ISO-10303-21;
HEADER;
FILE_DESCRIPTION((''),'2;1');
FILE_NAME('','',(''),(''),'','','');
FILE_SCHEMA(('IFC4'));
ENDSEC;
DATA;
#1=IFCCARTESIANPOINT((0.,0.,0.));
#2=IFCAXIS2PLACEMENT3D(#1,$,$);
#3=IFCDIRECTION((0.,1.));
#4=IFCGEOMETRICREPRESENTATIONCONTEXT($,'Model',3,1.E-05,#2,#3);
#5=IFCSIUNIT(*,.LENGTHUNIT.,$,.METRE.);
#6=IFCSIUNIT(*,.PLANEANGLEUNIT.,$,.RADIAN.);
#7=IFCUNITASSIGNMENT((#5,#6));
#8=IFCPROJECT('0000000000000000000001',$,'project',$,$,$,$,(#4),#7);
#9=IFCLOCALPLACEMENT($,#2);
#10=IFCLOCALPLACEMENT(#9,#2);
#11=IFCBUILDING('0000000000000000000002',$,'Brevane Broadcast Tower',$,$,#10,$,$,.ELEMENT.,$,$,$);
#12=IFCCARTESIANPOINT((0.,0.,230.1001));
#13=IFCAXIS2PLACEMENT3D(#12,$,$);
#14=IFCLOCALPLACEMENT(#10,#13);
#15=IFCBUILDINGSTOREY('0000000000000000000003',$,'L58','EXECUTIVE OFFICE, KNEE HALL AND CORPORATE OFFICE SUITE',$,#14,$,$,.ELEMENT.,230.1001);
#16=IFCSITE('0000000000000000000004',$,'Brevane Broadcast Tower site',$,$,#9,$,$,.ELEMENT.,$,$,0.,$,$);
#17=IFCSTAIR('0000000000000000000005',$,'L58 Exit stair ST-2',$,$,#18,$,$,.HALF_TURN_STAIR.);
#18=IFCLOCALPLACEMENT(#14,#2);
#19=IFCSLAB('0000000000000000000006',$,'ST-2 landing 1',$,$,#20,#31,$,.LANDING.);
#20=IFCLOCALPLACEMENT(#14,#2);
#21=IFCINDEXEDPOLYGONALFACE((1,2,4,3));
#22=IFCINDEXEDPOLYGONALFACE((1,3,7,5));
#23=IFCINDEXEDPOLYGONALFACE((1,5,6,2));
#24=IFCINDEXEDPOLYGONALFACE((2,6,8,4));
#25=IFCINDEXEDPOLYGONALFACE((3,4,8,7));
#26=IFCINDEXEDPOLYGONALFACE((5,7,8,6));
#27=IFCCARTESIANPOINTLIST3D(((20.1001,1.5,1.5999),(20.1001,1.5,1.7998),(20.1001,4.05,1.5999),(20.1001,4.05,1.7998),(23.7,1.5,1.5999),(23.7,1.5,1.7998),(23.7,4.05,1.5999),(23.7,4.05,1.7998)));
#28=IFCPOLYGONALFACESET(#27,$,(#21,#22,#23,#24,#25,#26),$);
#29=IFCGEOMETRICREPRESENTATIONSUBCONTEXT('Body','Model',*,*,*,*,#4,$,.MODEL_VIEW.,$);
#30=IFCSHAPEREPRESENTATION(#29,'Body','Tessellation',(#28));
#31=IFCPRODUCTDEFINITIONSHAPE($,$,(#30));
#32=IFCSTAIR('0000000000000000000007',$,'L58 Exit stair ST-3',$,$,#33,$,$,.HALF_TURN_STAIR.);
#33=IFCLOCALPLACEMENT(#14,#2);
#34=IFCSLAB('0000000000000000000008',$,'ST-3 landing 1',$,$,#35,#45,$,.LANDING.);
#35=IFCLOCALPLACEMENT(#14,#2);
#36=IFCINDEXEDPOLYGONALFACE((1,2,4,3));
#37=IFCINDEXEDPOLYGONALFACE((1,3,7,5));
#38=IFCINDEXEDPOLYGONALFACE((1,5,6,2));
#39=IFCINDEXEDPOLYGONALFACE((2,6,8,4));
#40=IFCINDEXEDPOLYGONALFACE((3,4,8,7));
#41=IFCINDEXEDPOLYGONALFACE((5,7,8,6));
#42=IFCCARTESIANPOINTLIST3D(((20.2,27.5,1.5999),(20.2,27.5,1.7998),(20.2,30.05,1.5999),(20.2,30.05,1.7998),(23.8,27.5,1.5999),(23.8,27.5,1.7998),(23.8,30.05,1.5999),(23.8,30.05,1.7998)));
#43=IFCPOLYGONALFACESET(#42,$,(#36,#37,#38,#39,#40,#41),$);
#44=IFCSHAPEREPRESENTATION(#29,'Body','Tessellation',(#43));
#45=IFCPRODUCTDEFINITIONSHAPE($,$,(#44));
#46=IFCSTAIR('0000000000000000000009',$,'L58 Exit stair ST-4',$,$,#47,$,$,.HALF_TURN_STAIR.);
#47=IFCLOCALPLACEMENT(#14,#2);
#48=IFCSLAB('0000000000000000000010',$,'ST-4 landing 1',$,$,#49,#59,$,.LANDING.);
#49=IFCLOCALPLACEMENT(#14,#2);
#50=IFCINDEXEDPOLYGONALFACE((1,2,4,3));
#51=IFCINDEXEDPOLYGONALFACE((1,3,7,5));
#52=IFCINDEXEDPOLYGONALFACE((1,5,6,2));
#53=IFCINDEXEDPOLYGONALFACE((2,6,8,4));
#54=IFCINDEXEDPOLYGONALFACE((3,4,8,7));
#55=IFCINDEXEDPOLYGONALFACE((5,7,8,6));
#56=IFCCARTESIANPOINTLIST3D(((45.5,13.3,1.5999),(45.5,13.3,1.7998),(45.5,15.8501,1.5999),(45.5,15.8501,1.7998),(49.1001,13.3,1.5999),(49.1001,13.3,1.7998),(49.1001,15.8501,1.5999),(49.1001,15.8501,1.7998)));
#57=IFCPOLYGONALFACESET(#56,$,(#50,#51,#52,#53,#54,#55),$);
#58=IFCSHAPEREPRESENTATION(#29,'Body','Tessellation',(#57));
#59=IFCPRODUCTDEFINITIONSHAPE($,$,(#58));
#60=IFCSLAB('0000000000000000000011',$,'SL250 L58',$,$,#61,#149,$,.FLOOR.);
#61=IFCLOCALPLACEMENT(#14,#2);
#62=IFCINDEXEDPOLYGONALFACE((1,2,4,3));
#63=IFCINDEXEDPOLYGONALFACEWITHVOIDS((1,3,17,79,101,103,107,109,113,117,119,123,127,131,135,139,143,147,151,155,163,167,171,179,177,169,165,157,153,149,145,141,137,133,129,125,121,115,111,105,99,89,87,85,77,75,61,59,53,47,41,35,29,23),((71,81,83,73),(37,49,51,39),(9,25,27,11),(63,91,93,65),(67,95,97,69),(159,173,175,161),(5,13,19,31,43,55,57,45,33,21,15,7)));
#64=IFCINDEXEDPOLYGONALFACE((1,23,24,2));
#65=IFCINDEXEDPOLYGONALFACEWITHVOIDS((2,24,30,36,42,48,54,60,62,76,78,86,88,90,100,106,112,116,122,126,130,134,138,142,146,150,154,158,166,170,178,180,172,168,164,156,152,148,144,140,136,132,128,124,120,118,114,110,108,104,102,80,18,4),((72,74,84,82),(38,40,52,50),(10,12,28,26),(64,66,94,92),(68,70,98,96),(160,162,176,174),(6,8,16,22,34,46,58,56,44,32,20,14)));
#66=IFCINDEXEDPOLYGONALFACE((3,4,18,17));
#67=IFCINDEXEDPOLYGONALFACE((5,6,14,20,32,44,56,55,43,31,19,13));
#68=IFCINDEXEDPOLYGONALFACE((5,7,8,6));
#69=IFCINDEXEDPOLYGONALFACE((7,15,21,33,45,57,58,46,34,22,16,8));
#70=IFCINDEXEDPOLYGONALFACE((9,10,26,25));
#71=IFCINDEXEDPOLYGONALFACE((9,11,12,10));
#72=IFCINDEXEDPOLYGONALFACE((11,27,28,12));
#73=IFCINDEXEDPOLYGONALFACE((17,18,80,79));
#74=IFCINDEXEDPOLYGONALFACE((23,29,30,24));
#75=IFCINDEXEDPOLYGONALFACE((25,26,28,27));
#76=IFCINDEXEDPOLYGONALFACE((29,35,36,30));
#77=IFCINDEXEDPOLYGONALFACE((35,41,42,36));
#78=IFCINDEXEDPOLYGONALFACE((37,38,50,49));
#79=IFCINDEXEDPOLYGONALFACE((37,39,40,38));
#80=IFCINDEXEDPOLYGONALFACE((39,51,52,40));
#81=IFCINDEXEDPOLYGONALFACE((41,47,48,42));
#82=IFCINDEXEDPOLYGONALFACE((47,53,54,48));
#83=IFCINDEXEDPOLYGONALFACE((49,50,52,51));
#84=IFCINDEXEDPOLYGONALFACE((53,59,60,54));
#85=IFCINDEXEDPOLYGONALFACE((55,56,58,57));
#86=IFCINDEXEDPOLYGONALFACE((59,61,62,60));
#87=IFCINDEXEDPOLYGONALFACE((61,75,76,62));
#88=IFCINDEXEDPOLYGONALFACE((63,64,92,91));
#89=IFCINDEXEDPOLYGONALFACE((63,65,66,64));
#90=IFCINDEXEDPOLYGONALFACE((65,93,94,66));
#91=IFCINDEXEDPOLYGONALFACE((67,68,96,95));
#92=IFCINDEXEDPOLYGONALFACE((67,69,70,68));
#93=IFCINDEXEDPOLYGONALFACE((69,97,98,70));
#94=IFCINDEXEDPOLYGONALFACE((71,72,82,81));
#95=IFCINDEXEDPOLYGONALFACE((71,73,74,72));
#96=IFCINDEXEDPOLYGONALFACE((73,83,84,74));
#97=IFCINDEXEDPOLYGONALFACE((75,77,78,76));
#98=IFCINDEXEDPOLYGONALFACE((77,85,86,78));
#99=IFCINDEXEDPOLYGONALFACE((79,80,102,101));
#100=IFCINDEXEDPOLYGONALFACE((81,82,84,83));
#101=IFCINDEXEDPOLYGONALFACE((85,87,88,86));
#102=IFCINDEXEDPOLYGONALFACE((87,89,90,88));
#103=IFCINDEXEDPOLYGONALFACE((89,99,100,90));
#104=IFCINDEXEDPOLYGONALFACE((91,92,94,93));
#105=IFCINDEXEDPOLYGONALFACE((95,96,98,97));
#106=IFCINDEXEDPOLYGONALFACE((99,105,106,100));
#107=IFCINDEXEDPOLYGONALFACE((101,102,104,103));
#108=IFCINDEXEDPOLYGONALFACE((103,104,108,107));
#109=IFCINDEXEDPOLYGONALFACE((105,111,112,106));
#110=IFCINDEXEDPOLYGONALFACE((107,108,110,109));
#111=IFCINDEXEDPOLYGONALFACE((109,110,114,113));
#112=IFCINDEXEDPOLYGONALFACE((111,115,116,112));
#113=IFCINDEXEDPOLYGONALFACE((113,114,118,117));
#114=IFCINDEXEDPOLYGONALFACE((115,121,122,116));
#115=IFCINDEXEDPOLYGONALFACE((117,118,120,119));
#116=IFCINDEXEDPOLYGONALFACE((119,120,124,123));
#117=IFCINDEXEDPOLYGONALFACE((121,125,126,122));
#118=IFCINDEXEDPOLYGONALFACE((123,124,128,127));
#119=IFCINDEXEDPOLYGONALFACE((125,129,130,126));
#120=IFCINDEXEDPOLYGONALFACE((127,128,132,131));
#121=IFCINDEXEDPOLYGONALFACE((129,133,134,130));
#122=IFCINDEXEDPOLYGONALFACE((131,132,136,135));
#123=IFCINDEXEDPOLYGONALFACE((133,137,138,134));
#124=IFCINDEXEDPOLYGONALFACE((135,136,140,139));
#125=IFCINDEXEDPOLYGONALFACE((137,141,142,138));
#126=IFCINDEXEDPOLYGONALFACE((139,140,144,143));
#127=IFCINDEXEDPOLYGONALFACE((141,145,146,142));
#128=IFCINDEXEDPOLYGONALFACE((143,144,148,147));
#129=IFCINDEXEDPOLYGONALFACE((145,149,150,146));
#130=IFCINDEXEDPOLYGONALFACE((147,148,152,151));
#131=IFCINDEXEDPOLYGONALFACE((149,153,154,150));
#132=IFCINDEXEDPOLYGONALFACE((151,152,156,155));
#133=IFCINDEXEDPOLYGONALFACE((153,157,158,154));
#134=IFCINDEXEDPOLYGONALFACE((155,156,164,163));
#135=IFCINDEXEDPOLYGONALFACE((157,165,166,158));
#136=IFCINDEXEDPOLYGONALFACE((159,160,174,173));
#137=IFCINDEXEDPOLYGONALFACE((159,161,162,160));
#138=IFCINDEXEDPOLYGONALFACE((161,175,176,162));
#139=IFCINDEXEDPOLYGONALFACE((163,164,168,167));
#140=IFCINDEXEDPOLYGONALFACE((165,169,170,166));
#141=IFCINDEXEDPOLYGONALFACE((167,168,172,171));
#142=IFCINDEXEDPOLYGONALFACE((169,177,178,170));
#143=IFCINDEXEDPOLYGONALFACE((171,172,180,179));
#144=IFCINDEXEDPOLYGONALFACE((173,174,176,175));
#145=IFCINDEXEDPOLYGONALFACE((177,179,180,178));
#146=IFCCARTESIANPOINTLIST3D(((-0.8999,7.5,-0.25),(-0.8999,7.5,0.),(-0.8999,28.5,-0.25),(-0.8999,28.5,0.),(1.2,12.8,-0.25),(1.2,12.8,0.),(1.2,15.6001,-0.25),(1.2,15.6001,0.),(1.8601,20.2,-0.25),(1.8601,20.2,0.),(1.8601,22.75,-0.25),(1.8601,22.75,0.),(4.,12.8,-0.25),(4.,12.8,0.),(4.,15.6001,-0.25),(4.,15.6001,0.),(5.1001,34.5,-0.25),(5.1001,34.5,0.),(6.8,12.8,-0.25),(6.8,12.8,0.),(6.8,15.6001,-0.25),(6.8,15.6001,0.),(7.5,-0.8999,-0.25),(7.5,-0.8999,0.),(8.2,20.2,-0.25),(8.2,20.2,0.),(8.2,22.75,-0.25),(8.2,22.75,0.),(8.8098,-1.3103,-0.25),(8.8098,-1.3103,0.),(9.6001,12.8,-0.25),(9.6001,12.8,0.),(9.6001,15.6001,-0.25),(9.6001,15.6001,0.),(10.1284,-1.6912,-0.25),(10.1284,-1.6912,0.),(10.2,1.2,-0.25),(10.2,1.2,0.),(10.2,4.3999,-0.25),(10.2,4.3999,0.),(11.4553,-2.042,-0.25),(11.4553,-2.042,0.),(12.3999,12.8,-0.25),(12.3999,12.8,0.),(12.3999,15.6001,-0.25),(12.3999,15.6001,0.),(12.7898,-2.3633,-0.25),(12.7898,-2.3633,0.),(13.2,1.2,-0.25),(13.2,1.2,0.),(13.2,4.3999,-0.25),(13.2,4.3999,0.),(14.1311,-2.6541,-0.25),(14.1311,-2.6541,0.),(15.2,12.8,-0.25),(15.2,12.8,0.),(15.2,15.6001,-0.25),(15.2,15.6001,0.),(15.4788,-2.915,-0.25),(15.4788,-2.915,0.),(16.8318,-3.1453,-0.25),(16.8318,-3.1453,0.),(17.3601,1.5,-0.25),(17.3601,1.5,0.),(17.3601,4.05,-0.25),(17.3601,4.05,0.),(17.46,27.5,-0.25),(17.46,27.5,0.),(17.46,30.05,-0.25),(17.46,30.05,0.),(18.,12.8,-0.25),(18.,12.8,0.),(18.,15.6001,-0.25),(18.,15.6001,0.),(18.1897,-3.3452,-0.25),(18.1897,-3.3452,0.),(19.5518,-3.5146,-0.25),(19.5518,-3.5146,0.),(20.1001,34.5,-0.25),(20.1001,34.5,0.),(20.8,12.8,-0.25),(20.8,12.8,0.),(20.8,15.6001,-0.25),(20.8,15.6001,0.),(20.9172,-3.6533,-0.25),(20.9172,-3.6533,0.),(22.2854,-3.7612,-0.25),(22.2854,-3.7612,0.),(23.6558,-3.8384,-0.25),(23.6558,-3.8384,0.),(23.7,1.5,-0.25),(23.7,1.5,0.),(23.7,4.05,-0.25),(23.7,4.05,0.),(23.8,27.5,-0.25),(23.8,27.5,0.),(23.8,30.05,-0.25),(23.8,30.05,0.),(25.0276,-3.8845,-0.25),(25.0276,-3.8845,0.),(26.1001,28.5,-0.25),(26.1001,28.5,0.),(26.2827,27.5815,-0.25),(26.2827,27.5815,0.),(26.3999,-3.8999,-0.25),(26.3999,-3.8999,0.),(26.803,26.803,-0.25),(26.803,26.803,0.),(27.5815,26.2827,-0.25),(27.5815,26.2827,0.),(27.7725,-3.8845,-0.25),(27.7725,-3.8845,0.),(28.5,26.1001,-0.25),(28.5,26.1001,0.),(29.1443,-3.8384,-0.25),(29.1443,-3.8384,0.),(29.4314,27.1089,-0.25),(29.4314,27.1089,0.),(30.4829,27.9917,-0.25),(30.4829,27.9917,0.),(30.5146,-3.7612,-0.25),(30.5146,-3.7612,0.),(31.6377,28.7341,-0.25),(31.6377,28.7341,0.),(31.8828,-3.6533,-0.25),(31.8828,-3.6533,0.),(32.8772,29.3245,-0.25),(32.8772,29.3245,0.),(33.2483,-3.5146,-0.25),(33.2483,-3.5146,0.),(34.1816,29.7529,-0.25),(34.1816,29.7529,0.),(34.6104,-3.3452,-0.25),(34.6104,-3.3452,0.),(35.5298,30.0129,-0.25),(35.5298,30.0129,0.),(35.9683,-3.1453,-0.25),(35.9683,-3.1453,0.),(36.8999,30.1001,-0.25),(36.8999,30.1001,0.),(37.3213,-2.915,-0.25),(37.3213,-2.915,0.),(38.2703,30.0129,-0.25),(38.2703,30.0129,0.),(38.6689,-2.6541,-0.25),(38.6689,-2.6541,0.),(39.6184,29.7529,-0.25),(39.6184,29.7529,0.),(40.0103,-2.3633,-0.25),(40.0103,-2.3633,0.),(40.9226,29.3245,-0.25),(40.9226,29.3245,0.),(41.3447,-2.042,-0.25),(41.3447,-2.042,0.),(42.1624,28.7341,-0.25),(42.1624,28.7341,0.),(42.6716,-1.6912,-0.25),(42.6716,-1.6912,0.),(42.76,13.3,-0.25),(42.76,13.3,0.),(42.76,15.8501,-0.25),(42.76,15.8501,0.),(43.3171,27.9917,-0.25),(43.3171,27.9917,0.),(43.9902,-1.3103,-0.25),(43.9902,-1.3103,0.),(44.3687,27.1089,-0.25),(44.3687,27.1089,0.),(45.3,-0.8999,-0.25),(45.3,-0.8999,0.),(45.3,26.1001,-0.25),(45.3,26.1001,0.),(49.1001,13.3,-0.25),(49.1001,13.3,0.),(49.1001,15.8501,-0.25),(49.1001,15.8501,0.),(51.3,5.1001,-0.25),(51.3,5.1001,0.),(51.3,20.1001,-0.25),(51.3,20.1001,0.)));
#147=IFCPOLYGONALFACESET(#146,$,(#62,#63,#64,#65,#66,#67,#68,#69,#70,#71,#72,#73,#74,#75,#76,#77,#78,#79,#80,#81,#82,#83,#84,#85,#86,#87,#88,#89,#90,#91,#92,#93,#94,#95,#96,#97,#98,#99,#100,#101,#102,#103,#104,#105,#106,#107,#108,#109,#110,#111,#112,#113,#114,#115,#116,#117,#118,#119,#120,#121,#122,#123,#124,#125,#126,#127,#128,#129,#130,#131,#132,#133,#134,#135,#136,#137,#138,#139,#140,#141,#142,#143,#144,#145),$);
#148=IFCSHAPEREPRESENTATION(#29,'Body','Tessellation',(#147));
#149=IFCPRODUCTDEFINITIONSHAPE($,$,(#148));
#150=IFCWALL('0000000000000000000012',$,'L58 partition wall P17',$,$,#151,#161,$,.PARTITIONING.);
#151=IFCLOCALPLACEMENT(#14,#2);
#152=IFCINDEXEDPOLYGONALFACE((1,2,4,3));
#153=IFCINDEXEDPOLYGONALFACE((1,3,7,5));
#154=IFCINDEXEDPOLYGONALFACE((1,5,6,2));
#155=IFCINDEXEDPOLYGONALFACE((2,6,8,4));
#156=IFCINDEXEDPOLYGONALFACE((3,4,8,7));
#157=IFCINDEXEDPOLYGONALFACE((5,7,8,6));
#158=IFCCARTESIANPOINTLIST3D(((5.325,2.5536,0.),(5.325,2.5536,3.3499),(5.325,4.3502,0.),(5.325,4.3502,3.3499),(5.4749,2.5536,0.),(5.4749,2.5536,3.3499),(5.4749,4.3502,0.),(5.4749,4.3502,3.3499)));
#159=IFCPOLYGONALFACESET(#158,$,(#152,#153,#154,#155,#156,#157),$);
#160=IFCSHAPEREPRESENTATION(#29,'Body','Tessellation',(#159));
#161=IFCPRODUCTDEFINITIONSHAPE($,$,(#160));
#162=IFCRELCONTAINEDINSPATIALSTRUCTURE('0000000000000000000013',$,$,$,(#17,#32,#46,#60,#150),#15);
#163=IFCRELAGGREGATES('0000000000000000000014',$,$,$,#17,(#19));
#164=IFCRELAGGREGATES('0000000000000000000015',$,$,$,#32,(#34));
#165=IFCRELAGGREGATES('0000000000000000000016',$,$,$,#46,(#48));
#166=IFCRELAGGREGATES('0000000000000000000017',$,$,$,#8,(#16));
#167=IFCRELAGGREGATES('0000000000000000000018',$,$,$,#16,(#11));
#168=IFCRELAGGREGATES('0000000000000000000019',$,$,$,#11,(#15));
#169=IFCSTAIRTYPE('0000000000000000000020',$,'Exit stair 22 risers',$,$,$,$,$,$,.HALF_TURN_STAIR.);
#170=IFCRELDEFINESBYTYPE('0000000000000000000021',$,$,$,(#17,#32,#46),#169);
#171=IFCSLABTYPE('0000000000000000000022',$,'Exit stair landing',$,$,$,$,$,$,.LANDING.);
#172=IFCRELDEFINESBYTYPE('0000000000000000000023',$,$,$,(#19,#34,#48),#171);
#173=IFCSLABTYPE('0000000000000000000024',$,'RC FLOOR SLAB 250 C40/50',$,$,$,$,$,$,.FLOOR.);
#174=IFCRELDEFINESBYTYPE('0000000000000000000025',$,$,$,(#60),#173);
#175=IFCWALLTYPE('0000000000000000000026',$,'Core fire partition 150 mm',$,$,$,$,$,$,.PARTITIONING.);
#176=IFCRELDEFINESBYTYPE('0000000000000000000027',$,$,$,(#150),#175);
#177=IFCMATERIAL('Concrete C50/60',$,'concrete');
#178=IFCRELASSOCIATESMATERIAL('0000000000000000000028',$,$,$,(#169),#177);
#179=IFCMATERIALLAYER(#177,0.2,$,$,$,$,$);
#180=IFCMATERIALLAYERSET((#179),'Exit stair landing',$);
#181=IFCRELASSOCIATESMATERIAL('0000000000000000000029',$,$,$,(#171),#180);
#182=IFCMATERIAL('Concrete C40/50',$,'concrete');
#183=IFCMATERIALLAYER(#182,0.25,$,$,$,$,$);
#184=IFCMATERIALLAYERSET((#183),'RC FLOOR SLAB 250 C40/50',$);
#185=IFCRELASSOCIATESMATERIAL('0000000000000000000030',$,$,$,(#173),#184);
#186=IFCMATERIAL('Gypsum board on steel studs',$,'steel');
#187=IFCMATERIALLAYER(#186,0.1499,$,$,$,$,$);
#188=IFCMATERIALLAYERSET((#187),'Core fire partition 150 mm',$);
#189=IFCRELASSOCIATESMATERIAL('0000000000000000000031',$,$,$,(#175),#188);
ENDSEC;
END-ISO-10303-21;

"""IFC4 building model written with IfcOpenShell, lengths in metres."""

from ifc_helpers import new_model, si_unit, direction, frame, frame_2d, origin, place, context, subcontext, project, spatial, polyline, rectangle, outline, extrude, material, layer, layer_set, type_object, element, aggregate, save


model = new_model("IFC4")

# Units and contexts
model_context = context("Model", 3, precision=1e-05, world=origin(), true_north=direction((0.0, 1.0)))
body_context = subcontext(model_context, "Body", "Model", "MODEL_VIEW")
ifc_project = project(units=[si_unit("LENGTHUNIT", "METRE"), si_unit("PLANEANGLEUNIT", "RADIAN")], contexts=[model_context])

# Site, building, storey
site_placement = place(None, origin())
site = spatial("IfcSite", under=ifc_project, at=site_placement, Name="Brevane Broadcast Tower site", CompositionType="ELEMENT", RefElevation=0.0)
building_placement = place(site_placement, origin())
building = spatial("IfcBuilding", under=site, at=building_placement, Name="Brevane Broadcast Tower", CompositionType="ELEMENT")
storey_placement = place(building_placement, frame((0.0, 0.0, 230.1001)))
storey = spatial("IfcBuildingStorey", under=building, at=storey_placement, Name="L58", Description="EXECUTIVE OFFICE, KNEE HALL AND CORPORATE OFFICE SUITE", CompositionType="ELEMENT", Elevation=230.1001)

# Stairs, slabs
ifc_material_1 = material(Name="Concrete C50/60", Category="concrete")
stair_type = type_object("IfcStairType", Name="Exit stair 22 risers", PredefinedType="HALF_TURN_STAIR", material=ifc_material_1)
ifc_layer_1 = layer(ifc_material_1, 0.2)
ifc_layer_set_1 = layer_set([ifc_layer_1], Name="Exit stair landing")
slab_type_1 = type_object("IfcSlabType", Name="Exit stair landing", PredefinedType="LANDING", material=ifc_layer_set_1)
stair_1_placement = place(storey_placement, origin())
stair_1 = element("IfcStair", 1, at=stair_1_placement, inside=storey, type_object=stair_type, Name="L58 Exit stair ST-2", PredefinedType="HALF_TURN_STAIR")
slab_1_placement = place(storey_placement, frame((0.0, 0.0, 1.5999)))
slab_1 = element("IfcSlab", 2, at=slab_1_placement, type_object=slab_type_1, Name="ST-2 landing 1", PredefinedType="LANDING", context=body_context, shape_type="SweptSolid", body=[
    extrude(outline(polyline([(20.1001, 1.5), (23.7, 1.5), (23.7, 4.05), (20.1001, 4.05), (20.1001, 1.5)])), origin(), (0.0, 0.0, 1.0), 0.2),
])
aggregate(stair_1, [slab_1])
stair_2_placement = place(storey_placement, origin())
stair_2 = element("IfcStair", 3, at=stair_2_placement, inside=storey, type_object=stair_type, Name="L58 Exit stair ST-3", PredefinedType="HALF_TURN_STAIR")
slab_2_placement = place(storey_placement, frame((0.0, 0.0, 1.5999)))
slab_2 = element("IfcSlab", 4, at=slab_2_placement, type_object=slab_type_1, Name="ST-3 landing 1", PredefinedType="LANDING", context=body_context, shape_type="SweptSolid", body=[
    extrude(outline(polyline([(20.2, 27.5), (23.8, 27.5), (23.8, 30.05), (20.2, 30.05), (20.2, 27.5)])), origin(), (0.0, 0.0, 1.0), 0.2),
])
aggregate(stair_2, [slab_2])
stair_3_placement = place(storey_placement, origin())
stair_3 = element("IfcStair", 5, at=stair_3_placement, inside=storey, type_object=stair_type, Name="L58 Exit stair ST-4", PredefinedType="HALF_TURN_STAIR")
slab_3_placement = place(storey_placement, frame((0.0, 0.0, 1.5999)))
slab_3 = element("IfcSlab", 6, at=slab_3_placement, type_object=slab_type_1, Name="ST-4 landing 1", PredefinedType="LANDING", context=body_context, shape_type="SweptSolid", body=[
    extrude(outline(polyline([(45.5, 13.3), (49.1001, 13.3), (49.1001, 15.8501), (45.5, 15.8501), (45.5, 13.3)])), origin(), (0.0, 0.0, 1.0), 0.2),
])
aggregate(stair_3, [slab_3])

# Slab
ifc_material_2 = material(Name="Concrete C40/50", Category="concrete")
ifc_layer_2 = layer(ifc_material_2, 0.25)
ifc_layer_set_2 = layer_set([ifc_layer_2], Name="RC FLOOR SLAB 250 C40/50")
slab_type_2 = type_object("IfcSlabType", Name="RC FLOOR SLAB 250 C40/50", PredefinedType="FLOOR", material=ifc_layer_set_2)
slab_4_placement = place(storey_placement, frame((0.0, 0.0, -0.25)))
element("IfcSlab", 7, at=slab_4_placement, inside=storey, type_object=slab_type_2, Name="SL250 L58", PredefinedType="FLOOR", context=body_context, shape_type="SweptSolid", body=[
    extrude(outline(polyline([(-0.8999, 7.5), (-0.8999, 28.5), (5.1001, 34.5), (20.1001, 34.5), (26.1001, 28.5), (26.2827, 27.5815), (26.803, 26.803), (27.5815, 26.2827), (28.5, 26.1001), (29.4314, 27.1089), (30.4829, 27.9917), (31.6377, 28.7341), (32.8772, 29.3245), (34.1816, 29.7529), (35.5298, 30.0129), (36.8999, 30.1001), (38.2703, 30.0129), (39.6184, 29.7529), (40.9226, 29.3245), (42.1624, 28.7341), (43.3171, 27.9917), (44.3687, 27.1089), (45.3, 26.1001), (51.3, 20.1001), (51.3, 5.1001), (45.3, -0.8999), (43.9902, -1.3103), (42.6716, -1.6912), (41.3447, -2.042), (40.0103, -2.3633), (38.6689, -2.6541), (37.3213, -2.915), (35.9683, -3.1453), (34.6104, -3.3452), (33.2483, -3.5146), (31.8828, -3.6533), (30.5146, -3.7612), (29.1443, -3.8384), (27.7725, -3.8845), (26.3999, -3.8999), (25.0276, -3.8845), (23.6558, -3.8384), (22.2854, -3.7612), (20.9172, -3.6533), (19.5518, -3.5146), (18.1897, -3.3452), (16.8318, -3.1453), (15.4788, -2.915), (14.1311, -2.6541), (12.7898, -2.3633), (11.4553, -2.042), (10.1284, -1.6912), (8.8098, -1.3103), (7.5, -0.8999), (-0.8999, 7.5)]), holes=[polyline([(13.2, 4.3999), (10.2, 4.3999), (10.2, 1.2), (13.2, 1.2), (13.2, 4.3999)]), polyline([(4.0, 15.6001), (1.2, 15.6001), (1.2, 12.8), (4.0, 12.8), (6.8, 12.8), (9.6001, 12.8), (12.3999, 12.8), (15.2, 12.8), (15.2, 15.6001), (12.3999, 15.6001), (9.6001, 15.6001), (6.8, 15.6001), (4.0, 15.6001)]), polyline([(1.8601, 22.75), (1.8601, 20.2), (8.2, 20.2), (8.2, 22.75), (1.8601, 22.75)]), polyline([(23.7, 4.05), (17.3601, 4.05), (17.3601, 1.5), (23.7, 1.5), (23.7, 4.05)]), polyline([(20.8, 15.6001), (18.0, 15.6001), (18.0, 12.8), (20.8, 12.8), (20.8, 15.6001)]), polyline([(49.1001, 15.8501), (42.76, 15.8501), (42.76, 13.3), (49.1001, 13.3), (49.1001, 15.8501)]), polyline([(23.8, 30.05), (17.46, 30.05), (17.46, 27.5), (23.8, 27.5), (23.8, 30.05)])]), origin(), (0.0, 0.0, 1.0), 0.25),
])

# Wall
ifc_material_3 = material(Name="Gypsum board on steel studs", Category="steel")
ifc_layer_3 = layer(ifc_material_3, 0.1499)
ifc_layer_set_3 = layer_set([ifc_layer_3], Name="Core fire partition 150 mm")
wall_type_1 = type_object("IfcWallType", Name="Core fire partition 150 mm", PredefinedType="PARTITIONING", material=ifc_layer_set_3)
wall_1_placement = place(storey_placement, frame((5.3999, 2.5535, 0.0), z_axis=(0.0, 0.0, 1.0), x_axis=(0.0, 1.0, 0.0)))
element("IfcWall", 8, at=wall_1_placement, inside=storey, type_object=wall_type_1, Name="L58 partition wall P17", PredefinedType="PARTITIONING", context=body_context, shape_type="SweptSolid", body=[
    extrude(rectangle(XDim=1.7966, YDim=0.1499, at=frame_2d((0.8984, 0.0))), origin(), (0.0, 0.0, 1.0), 3.3499),
])

save(model, "model.ifc")
